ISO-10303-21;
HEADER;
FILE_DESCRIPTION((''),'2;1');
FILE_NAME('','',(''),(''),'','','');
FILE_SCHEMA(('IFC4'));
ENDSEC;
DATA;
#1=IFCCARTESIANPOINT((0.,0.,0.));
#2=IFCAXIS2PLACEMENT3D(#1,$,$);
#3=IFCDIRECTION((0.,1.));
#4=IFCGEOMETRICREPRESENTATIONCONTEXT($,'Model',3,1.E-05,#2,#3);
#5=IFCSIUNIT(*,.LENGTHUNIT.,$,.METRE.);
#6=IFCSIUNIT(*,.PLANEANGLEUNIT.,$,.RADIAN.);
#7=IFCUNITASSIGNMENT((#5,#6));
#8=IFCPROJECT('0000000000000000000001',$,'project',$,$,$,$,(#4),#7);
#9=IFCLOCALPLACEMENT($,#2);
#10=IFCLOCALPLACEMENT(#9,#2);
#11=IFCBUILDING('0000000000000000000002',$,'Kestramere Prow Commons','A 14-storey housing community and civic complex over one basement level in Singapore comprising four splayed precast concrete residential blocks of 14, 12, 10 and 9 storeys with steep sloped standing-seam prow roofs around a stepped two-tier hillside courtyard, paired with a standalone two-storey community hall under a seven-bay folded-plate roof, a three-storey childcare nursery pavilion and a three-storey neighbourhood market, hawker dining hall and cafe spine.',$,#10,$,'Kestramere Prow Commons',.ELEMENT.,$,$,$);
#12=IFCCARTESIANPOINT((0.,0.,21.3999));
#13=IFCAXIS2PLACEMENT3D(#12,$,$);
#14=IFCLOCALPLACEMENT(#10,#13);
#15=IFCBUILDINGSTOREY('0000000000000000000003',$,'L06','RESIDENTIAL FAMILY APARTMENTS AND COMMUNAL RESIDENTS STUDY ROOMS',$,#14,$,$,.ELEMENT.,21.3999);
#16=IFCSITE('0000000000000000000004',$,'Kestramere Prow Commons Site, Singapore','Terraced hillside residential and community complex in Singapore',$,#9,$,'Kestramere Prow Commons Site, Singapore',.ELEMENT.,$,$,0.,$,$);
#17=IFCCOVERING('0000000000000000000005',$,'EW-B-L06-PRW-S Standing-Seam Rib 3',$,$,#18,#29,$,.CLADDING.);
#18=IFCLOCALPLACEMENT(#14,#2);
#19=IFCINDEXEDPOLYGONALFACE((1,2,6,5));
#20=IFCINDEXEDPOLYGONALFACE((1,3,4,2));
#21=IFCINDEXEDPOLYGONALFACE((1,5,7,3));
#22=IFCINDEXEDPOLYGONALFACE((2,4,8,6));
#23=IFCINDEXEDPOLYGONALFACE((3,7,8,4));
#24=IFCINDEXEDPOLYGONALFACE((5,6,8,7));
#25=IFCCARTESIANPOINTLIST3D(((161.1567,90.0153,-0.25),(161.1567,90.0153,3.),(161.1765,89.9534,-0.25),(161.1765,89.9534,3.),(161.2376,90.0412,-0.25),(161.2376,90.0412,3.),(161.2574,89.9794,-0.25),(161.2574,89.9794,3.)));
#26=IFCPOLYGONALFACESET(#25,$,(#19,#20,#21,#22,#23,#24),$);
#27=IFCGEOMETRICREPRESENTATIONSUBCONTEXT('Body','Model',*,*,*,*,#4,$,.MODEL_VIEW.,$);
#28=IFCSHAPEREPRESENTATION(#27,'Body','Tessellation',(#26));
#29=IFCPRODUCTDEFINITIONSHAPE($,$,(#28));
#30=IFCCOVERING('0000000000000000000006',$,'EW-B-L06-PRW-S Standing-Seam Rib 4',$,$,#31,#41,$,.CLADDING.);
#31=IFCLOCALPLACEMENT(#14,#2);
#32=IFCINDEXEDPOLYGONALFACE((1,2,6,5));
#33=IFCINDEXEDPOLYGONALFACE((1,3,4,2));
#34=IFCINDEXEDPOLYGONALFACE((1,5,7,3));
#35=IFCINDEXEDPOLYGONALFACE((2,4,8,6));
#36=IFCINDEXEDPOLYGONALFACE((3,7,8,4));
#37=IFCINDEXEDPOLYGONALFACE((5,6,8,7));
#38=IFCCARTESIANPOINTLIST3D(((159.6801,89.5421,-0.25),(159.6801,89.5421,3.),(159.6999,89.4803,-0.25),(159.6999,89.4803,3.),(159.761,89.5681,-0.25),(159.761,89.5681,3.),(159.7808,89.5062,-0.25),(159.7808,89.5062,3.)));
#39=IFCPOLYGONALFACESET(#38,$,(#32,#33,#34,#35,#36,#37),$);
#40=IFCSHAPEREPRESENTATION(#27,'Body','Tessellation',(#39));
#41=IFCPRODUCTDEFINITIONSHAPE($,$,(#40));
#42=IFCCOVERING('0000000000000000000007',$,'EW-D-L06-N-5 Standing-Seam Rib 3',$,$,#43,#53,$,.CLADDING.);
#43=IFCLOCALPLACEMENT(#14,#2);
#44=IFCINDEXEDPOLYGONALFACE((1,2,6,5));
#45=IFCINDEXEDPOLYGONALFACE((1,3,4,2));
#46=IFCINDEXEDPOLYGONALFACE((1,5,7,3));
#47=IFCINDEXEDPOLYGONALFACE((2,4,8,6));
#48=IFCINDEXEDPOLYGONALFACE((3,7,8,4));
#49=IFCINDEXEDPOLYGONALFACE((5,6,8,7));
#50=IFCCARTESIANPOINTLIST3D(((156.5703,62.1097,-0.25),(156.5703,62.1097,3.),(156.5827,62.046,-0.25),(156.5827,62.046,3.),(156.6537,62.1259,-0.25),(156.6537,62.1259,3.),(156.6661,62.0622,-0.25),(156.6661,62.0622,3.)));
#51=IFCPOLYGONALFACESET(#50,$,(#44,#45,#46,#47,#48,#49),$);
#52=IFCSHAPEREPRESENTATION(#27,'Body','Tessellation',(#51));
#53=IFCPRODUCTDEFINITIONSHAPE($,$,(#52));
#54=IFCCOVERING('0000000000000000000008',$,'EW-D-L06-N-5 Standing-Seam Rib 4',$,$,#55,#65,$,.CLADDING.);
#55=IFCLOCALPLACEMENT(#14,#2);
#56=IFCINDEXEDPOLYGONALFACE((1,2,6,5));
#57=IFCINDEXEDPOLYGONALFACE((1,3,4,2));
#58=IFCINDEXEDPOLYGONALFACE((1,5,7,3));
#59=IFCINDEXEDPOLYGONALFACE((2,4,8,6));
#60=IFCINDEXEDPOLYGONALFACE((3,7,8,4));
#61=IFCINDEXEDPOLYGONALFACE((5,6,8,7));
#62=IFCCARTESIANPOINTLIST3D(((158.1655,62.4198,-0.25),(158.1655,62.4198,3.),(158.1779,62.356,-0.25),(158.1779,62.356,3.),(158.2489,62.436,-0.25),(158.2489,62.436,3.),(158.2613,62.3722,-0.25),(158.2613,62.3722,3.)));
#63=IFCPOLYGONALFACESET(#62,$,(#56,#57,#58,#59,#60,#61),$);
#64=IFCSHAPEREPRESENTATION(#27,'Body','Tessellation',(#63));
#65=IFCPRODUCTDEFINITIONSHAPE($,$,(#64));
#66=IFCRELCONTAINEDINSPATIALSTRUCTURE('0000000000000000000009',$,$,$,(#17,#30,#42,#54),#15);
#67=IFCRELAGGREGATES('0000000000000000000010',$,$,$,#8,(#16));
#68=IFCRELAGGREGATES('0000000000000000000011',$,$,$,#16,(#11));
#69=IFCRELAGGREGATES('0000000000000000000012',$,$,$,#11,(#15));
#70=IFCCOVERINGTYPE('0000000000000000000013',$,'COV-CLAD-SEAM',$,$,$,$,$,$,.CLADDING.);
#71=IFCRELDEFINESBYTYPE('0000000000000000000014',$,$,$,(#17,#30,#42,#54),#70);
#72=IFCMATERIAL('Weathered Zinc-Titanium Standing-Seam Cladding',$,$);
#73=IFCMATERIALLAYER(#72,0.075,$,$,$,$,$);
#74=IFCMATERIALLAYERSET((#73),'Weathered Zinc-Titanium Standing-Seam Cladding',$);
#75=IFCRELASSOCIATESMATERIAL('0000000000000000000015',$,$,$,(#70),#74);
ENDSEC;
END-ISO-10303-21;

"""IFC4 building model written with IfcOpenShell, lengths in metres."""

from ifc_helpers import new_model, si_unit, direction, frame, origin, origin_2d, place, context, subcontext, project, spatial, rectangle, extrude, material, layer, layer_set, type_object, element, save


model = new_model("IFC4")

# Units and contexts
model_context = context("Model", 3, precision=1e-05, world=origin(), true_north=direction((0.0, 1.0)))
body_context = subcontext(model_context, "Body", "Model", "MODEL_VIEW")
ifc_project = project(units=[si_unit("LENGTHUNIT", "METRE"), si_unit("PLANEANGLEUNIT", "RADIAN")], contexts=[model_context])

# Site, building, storey
site_placement = place(None, origin())
site = spatial("IfcSite", under=ifc_project, at=site_placement, Name="Kestramere Prow Commons Site, Singapore", Description="Terraced hillside residential and community complex in Singapore", LongName="Kestramere Prow Commons Site, Singapore", CompositionType="ELEMENT", RefElevation=0.0)
building_placement = place(site_placement, origin())
building = spatial("IfcBuilding", under=site, at=building_placement, Name="Kestramere Prow Commons", Description="A 14-storey housing community and civic complex over one basement level in Singapore comprising four splayed precast concrete residential blocks of 14, 12, 10 and 9 storeys with steep sloped standing-seam prow roofs around a stepped two-tier hillside courtyard, paired with a standalone two-storey community hall under a seven-bay folded-plate roof, a three-storey childcare nursery pavilion and a three-storey neighbourhood market, hawker dining hall and cafe spine.", LongName="Kestramere Prow Commons", CompositionType="ELEMENT")
storey_placement = place(building_placement, frame((0.0, 0.0, 21.3999)))
storey = spatial("IfcBuildingStorey", under=building, at=storey_placement, Name="L06", Description="RESIDENTIAL FAMILY APARTMENTS AND COMMUNAL RESIDENTS STUDY ROOMS", CompositionType="ELEMENT", Elevation=21.3999)

# Shared definitions
ifc_material_1 = material(Name="Weathered Zinc-Titanium Standing-Seam Cladding")

# Coverings
ifc_layer_1 = layer(ifc_material_1, 0.075)
ifc_layer_set_1 = layer_set([ifc_layer_1], Name="Weathered Zinc-Titanium Standing-Seam Cladding")
covering_type = type_object("IfcCoveringType", Name="COV-CLAD-SEAM", PredefinedType="CLADDING", material=ifc_layer_set_1)
for number, where, z_axis, x_axis, name in (
    (1, (161.207, 89.9973, -0.25), (0.0, 0.0, 1.0), (-0.952283, -0.305215, 0.0), "EW-B-L06-PRW-S Standing-Seam Rib 3"),
    (2, (159.7305, 89.5242, -0.25), (0.0, 0.0, 1.0), (-0.952283, -0.305215, 0.0), "EW-B-L06-PRW-S Standing-Seam Rib 4"),
    (3, (156.6182, 62.0859, -0.25), (0.0, 0.0, 1.0), (0.981627, 0.190809, 0.0), "EW-D-L06-N-5 Standing-Seam Rib 3"),
    (4, (158.2134, 62.396, -0.25), (0.0, 0.0, 1.0), (0.981627, 0.190809, 0.0), "EW-D-L06-N-5 Standing-Seam Rib 4"),
):
    element("IfcCovering", number, at=place(storey_placement, frame(where, z_axis=z_axis, x_axis=x_axis)), inside=storey, type_object=covering_type, Name=name, PredefinedType="CLADDING", context=body_context, shape_type="SweptSolid", body=[
        extrude(rectangle(XDim=0.085, YDim=0.0649, at=origin_2d()), origin(), (0.0, 0.0, 1.0), 3.25),
    ])

save(model, "model.ifc")
